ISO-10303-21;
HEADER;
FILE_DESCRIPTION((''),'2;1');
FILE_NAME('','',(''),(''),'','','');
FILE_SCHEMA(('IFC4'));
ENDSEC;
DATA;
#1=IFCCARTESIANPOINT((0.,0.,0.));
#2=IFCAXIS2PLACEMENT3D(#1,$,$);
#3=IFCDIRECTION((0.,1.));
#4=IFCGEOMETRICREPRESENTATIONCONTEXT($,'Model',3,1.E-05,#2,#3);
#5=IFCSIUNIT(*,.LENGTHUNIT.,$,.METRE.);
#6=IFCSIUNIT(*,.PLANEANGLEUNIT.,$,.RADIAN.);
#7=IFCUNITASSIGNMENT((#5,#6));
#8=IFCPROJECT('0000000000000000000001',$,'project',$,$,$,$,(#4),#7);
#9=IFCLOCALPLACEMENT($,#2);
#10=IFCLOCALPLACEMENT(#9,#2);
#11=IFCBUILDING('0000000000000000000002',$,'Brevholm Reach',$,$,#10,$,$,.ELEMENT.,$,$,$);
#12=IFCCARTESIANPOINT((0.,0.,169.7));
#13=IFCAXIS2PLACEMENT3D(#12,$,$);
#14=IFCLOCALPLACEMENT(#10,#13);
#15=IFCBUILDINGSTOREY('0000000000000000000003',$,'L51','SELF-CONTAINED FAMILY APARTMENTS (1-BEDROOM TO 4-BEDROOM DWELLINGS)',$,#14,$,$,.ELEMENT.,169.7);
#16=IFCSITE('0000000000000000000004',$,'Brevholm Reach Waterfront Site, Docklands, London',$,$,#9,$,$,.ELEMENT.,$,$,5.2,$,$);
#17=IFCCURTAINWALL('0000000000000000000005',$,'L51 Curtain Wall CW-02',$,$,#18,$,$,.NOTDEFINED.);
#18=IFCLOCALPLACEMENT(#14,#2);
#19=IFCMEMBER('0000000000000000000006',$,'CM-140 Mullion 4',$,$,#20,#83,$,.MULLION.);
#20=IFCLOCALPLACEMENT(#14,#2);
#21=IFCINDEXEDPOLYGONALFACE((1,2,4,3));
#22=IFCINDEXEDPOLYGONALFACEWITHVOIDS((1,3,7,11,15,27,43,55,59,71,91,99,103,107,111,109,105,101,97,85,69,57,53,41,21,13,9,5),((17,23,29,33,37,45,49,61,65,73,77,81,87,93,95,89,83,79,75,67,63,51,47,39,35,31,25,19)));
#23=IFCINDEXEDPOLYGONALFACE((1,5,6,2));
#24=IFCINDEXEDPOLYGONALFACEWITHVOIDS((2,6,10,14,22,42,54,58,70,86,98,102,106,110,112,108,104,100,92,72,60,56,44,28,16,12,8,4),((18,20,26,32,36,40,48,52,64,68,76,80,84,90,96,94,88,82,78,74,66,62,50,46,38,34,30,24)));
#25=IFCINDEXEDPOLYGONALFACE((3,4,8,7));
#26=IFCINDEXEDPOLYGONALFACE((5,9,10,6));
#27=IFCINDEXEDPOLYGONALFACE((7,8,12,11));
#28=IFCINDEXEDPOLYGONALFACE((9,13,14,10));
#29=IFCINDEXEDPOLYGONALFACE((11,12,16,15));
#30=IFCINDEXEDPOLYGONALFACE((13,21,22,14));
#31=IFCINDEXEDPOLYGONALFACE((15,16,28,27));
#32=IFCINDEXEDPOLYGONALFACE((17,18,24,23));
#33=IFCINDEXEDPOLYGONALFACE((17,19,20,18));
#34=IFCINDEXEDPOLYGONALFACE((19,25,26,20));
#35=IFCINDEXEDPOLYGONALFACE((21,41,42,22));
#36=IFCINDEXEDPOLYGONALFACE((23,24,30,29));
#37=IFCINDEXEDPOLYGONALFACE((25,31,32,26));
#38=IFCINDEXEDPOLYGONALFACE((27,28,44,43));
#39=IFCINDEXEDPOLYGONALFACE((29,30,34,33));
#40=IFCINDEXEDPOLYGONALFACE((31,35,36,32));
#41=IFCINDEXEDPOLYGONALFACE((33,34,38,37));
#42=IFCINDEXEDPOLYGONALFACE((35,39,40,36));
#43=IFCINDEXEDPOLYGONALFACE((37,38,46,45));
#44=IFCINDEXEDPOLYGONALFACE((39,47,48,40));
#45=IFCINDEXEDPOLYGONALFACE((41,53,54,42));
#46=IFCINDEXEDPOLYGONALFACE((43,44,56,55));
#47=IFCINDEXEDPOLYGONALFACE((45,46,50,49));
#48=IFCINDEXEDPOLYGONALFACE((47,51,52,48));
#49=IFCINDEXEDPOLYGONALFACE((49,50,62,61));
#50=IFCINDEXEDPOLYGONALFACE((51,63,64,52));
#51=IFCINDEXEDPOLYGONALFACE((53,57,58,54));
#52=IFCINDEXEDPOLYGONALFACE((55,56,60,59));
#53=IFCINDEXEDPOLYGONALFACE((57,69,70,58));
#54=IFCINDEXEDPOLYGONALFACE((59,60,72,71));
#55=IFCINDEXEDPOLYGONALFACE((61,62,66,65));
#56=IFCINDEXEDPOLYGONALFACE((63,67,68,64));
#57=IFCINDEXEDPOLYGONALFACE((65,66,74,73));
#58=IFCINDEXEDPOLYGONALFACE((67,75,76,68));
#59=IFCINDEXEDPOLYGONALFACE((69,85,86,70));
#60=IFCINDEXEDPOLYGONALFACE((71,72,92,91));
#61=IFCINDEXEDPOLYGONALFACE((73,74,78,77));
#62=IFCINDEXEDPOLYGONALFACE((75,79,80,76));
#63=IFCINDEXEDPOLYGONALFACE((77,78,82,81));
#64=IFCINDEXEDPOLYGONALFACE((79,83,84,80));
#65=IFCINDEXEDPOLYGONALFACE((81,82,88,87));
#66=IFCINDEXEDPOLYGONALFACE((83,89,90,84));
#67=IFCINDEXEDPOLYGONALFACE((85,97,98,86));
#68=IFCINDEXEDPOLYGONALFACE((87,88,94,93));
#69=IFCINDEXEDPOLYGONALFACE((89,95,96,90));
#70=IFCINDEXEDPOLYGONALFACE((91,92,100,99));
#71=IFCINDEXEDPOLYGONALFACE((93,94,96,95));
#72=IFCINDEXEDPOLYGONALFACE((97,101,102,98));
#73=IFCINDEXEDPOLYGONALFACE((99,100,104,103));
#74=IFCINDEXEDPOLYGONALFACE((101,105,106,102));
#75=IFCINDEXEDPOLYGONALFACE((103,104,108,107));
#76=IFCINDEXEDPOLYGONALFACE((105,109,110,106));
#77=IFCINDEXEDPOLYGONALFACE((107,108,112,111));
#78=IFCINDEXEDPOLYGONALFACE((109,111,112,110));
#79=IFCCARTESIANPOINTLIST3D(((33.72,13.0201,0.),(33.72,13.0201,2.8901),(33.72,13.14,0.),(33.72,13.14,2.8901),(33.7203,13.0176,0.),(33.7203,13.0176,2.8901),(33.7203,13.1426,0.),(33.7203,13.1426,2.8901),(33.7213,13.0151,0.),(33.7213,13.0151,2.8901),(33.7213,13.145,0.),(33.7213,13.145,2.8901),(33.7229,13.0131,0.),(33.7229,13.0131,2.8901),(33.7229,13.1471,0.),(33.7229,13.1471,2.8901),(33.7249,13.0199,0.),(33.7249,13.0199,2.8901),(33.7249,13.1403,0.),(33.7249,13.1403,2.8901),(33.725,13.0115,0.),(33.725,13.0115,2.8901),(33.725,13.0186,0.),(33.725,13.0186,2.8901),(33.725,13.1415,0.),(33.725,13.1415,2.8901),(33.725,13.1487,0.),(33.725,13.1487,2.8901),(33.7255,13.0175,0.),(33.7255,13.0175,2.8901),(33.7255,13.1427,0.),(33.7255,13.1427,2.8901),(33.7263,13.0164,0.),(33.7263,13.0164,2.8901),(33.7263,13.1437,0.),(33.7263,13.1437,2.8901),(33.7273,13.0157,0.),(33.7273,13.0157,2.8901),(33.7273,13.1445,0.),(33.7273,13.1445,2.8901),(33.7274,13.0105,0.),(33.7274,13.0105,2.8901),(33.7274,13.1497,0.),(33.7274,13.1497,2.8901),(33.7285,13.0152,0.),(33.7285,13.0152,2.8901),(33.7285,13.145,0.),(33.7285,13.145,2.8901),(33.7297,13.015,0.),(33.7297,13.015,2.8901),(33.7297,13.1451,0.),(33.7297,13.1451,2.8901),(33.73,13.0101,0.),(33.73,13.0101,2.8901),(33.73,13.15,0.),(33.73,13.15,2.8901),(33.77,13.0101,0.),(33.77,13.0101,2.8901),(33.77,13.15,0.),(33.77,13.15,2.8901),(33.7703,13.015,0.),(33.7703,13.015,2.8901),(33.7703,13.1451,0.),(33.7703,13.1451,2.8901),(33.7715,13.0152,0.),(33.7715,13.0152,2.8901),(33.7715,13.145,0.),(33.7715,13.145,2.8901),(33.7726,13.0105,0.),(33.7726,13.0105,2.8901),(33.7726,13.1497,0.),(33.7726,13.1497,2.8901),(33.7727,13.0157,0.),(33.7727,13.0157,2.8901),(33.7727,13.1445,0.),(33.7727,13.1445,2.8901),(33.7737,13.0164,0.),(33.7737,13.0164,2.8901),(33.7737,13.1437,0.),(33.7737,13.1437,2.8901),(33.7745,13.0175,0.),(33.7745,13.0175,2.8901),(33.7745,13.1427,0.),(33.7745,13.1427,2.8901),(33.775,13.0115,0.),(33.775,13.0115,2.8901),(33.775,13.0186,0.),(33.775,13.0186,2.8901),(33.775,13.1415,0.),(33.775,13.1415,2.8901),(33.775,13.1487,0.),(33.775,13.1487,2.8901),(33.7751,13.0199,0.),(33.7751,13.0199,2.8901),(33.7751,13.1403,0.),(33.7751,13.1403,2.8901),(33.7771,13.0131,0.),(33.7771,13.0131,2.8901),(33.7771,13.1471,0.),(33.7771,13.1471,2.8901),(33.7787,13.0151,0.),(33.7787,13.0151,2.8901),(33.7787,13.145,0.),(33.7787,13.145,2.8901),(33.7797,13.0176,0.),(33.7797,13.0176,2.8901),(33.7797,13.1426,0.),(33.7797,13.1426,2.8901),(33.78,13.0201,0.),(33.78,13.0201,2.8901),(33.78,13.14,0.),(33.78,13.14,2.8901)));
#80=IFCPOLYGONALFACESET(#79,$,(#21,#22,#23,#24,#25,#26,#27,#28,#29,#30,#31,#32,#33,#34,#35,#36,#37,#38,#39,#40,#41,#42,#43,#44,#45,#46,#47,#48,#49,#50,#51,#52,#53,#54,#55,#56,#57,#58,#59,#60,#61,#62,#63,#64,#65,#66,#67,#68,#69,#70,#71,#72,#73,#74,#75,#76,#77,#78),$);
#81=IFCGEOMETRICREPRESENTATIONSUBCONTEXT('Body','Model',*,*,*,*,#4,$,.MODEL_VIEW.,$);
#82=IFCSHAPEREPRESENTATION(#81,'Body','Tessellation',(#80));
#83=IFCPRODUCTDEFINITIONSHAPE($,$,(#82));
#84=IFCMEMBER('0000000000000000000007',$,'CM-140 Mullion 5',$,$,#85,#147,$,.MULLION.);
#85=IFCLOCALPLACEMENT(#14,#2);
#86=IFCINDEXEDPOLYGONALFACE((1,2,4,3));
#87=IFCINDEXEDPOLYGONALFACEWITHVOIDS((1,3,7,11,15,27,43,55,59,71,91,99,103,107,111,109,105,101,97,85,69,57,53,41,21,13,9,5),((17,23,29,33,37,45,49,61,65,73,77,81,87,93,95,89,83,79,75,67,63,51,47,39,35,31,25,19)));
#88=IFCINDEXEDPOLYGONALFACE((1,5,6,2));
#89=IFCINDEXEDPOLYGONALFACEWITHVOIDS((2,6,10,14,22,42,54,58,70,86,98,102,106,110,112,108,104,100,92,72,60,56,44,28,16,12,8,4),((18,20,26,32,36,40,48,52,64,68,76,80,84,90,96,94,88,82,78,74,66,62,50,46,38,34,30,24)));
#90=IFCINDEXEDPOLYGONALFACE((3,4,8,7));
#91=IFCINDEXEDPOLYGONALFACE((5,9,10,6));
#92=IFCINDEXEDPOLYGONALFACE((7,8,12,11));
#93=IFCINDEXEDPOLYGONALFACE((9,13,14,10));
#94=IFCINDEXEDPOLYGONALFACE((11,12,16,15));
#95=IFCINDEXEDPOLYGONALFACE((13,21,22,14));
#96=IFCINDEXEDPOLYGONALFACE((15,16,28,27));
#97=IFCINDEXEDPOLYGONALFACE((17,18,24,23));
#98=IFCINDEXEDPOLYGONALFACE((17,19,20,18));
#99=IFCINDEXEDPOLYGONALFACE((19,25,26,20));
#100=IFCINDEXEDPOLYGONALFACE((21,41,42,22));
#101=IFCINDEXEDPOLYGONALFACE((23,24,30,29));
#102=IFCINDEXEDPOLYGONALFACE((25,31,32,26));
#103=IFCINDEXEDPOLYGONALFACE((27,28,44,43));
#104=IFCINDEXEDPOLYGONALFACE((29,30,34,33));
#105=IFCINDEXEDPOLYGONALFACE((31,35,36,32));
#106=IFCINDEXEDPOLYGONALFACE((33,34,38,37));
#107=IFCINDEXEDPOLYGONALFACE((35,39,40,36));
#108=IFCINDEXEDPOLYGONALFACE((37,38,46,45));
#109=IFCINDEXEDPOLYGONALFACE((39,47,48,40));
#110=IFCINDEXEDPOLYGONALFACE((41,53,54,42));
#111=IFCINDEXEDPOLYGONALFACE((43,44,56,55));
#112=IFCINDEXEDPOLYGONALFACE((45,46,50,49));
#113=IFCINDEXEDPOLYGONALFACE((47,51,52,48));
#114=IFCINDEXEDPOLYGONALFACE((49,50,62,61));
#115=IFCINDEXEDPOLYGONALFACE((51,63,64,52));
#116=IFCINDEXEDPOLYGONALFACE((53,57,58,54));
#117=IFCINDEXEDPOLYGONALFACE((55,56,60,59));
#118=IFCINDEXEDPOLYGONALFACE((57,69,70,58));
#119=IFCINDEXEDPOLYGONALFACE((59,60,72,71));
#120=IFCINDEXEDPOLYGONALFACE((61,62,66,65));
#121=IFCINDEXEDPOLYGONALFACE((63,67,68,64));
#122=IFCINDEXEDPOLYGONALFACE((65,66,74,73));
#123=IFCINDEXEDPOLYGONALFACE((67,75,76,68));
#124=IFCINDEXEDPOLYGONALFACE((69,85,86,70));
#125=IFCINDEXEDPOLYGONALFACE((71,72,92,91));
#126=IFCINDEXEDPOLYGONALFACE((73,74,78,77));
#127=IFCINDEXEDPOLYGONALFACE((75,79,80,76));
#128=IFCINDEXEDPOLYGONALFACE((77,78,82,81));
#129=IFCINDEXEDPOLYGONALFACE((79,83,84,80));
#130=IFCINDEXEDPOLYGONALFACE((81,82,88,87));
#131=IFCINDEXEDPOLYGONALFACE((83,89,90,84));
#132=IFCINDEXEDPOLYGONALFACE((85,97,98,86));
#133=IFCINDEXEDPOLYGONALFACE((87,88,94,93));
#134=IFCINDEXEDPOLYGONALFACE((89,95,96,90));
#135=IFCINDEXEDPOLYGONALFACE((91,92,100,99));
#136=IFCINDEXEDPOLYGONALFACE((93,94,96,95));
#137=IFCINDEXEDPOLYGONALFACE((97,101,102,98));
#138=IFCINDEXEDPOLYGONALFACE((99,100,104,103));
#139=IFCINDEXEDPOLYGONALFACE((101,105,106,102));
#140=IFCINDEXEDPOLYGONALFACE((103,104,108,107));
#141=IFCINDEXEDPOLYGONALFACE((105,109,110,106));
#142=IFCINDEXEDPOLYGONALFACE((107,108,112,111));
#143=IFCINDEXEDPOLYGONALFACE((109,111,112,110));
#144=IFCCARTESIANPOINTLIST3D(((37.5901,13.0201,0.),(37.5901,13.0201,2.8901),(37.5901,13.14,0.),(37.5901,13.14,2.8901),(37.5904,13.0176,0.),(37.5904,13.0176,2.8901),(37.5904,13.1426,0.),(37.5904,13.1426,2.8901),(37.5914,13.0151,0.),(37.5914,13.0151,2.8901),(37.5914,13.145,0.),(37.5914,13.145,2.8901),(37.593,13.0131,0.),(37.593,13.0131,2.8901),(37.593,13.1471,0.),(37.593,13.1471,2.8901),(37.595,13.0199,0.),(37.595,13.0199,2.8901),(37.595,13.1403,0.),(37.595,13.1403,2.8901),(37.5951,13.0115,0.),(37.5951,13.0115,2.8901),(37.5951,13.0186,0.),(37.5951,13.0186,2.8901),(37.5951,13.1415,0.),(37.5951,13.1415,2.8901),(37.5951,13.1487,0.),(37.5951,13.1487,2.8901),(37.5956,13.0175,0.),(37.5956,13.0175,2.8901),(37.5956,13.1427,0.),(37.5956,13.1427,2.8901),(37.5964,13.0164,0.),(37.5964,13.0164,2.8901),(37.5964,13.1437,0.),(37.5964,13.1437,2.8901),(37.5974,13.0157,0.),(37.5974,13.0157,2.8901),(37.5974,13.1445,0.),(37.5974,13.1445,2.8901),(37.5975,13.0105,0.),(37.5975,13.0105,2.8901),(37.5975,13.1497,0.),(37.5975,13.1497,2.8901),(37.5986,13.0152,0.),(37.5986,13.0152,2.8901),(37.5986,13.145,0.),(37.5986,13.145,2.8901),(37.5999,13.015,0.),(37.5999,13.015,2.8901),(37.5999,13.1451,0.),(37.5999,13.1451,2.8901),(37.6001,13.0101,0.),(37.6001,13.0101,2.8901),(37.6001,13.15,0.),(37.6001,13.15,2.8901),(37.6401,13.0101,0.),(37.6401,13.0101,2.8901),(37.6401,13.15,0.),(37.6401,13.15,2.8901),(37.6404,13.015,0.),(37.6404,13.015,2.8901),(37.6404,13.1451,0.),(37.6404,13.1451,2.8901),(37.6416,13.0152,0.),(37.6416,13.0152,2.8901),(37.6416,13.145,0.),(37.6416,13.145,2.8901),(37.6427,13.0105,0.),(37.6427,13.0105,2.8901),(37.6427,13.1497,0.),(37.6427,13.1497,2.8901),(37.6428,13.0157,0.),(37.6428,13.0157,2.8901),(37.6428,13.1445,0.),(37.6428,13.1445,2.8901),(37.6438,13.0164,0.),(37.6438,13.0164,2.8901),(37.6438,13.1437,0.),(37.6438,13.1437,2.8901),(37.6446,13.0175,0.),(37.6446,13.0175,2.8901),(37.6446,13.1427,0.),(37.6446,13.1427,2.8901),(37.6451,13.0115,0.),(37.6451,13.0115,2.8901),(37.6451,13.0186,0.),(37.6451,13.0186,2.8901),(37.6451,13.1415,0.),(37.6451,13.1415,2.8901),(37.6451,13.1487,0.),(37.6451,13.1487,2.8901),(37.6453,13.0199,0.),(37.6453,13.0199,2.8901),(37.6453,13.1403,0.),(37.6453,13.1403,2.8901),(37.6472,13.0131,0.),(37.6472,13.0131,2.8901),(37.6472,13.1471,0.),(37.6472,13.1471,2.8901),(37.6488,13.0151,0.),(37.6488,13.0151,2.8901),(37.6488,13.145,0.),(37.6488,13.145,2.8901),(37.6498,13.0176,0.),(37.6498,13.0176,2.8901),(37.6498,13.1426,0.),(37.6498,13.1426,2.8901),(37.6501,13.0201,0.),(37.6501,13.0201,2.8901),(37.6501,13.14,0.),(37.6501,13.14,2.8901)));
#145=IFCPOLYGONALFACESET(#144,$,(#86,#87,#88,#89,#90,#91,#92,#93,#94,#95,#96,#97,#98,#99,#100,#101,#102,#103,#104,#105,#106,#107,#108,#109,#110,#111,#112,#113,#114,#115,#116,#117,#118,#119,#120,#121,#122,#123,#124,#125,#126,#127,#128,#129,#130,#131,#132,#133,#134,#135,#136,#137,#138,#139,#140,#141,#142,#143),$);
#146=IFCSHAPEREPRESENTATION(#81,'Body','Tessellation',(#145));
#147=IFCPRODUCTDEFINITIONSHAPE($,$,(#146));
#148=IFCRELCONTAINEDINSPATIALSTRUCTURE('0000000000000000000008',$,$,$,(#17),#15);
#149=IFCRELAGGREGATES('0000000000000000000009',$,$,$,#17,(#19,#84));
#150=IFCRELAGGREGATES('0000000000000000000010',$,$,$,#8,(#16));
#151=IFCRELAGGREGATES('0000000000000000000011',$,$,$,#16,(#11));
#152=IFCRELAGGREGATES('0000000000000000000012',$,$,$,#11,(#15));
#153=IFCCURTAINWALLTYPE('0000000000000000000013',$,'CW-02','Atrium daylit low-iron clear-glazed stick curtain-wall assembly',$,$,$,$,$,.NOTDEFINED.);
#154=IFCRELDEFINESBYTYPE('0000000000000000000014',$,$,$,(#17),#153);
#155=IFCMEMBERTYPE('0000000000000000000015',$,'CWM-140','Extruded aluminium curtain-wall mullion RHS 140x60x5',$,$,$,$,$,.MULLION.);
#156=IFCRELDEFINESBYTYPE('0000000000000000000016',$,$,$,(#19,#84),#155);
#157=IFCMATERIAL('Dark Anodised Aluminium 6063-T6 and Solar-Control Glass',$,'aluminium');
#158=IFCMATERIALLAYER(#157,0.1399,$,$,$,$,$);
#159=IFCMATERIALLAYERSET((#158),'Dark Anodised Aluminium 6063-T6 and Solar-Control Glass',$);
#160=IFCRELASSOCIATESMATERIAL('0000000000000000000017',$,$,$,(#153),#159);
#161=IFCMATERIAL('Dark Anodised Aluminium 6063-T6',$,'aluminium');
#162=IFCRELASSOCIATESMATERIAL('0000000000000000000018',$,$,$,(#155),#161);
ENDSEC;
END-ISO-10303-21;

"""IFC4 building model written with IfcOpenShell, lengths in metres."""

from ifc_helpers import new_model, si_unit, direction, frame, origin, origin_2d, place, context, subcontext, project, spatial, hollow_rectangle, extrude, material, layer, layer_set, material_profile, profile_set, type_object, element, aggregate, save


model = new_model("IFC4")

# Units and contexts
model_context = context("Model", 3, precision=1e-05, world=origin(), true_north=direction((0.0, 1.0)))
body_context = subcontext(model_context, "Body", "Model", "MODEL_VIEW")
ifc_project = project(units=[si_unit("LENGTHUNIT", "METRE"), si_unit("PLANEANGLEUNIT", "RADIAN")], contexts=[model_context])

# Site, building, storey
site_placement = place(None, origin())
site = spatial("IfcSite", under=ifc_project, at=site_placement, Name="Brevholm Reach Waterfront Site, Docklands, London", CompositionType="ELEMENT", RefElevation=5.2)
building_placement = place(site_placement, origin())
building = spatial("IfcBuilding", under=site, at=building_placement, Name="Brevholm Reach", CompositionType="ELEMENT")
storey_placement = place(building_placement, frame((0.0, 0.0, 169.7)))
storey = spatial("IfcBuildingStorey", under=building, at=storey_placement, Name="L51", Description="SELF-CONTAINED FAMILY APARTMENTS (1-BEDROOM TO 4-BEDROOM DWELLINGS)", CompositionType="ELEMENT", Elevation=169.7)

# Curtain wall, members
ifc_material_1 = material(Name="Dark Anodised Aluminium 6063-T6 and Solar-Control Glass", Category="aluminium")
ifc_layer_1 = layer(ifc_material_1, 0.1399)
ifc_layer_set_1 = layer_set([ifc_layer_1], Name="Dark Anodised Aluminium 6063-T6 and Solar-Control Glass")
curtain_wall_type = type_object("IfcCurtainWallType", Name="CW-02", Description="Atrium daylit low-iron clear-glazed stick curtain-wall assembly", PredefinedType="NOTDEFINED", material=ifc_layer_set_1)
curtain_wall_placement = place(storey_placement, origin())
curtain_wall = element("IfcCurtainWall", 1, at=curtain_wall_placement, inside=storey, type_object=curtain_wall_type, Name="L51 Curtain Wall CW-02", PredefinedType="NOTDEFINED")
ifc_material_2 = material(Name="Dark Anodised Aluminium 6063-T6", Category="aluminium")
ifc_material_profile_1 = material_profile(ifc_material_2, hollow_rectangle(XDim=0.0601, YDim=0.1399, WallThickness=0.0049, InnerFilletRadius=0.0049, OuterFilletRadius=0.01, at=origin_2d()), Name="RHS 140x60x5")
ifc_profile_set_1 = profile_set([ifc_material_profile_1], Name="Dark Anodised Aluminium 6063-T6")
member_type_1 = type_object("IfcMemberType", Name="CWM-140", Description="Extruded aluminium curtain-wall mullion RHS 140x60x5", PredefinedType="MULLION", material=ifc_profile_set_1)
member_1_placement = place(storey_placement, frame((33.75, 13.0801, 0.0), z_axis=(0.0, 0.0, 1.0), x_axis=(1.0, 0.0, 0.0)))
member_1 = element("IfcMember", 2, at=member_1_placement, type_object=member_type_1, Name="CM-140 Mullion 4", PredefinedType="MULLION", context=body_context, shape_type="SweptSolid", body=[
    extrude(hollow_rectangle(XDim=0.0601, YDim=0.1399, WallThickness=0.0049, InnerFilletRadius=0.0049, OuterFilletRadius=0.01, at=origin_2d()), origin(), (0.0, 0.0, 1.0), 2.8901),
])
member_2_placement = place(storey_placement, frame((37.6201, 13.0801, 0.0), z_axis=(0.0, 0.0, 1.0), x_axis=(1.0, 0.0, 0.0)))
member_2 = element("IfcMember", 3, at=member_2_placement, type_object=member_type_1, Name="CM-140 Mullion 5", PredefinedType="MULLION", context=body_context, shape_type="SweptSolid", body=[
    extrude(hollow_rectangle(XDim=0.0601, YDim=0.1399, WallThickness=0.0049, InnerFilletRadius=0.0049, OuterFilletRadius=0.01, at=origin_2d()), origin(), (0.0, 0.0, 1.0), 2.8901),
])
aggregate(curtain_wall, [member_1, member_2])

save(model, "model.ifc")
